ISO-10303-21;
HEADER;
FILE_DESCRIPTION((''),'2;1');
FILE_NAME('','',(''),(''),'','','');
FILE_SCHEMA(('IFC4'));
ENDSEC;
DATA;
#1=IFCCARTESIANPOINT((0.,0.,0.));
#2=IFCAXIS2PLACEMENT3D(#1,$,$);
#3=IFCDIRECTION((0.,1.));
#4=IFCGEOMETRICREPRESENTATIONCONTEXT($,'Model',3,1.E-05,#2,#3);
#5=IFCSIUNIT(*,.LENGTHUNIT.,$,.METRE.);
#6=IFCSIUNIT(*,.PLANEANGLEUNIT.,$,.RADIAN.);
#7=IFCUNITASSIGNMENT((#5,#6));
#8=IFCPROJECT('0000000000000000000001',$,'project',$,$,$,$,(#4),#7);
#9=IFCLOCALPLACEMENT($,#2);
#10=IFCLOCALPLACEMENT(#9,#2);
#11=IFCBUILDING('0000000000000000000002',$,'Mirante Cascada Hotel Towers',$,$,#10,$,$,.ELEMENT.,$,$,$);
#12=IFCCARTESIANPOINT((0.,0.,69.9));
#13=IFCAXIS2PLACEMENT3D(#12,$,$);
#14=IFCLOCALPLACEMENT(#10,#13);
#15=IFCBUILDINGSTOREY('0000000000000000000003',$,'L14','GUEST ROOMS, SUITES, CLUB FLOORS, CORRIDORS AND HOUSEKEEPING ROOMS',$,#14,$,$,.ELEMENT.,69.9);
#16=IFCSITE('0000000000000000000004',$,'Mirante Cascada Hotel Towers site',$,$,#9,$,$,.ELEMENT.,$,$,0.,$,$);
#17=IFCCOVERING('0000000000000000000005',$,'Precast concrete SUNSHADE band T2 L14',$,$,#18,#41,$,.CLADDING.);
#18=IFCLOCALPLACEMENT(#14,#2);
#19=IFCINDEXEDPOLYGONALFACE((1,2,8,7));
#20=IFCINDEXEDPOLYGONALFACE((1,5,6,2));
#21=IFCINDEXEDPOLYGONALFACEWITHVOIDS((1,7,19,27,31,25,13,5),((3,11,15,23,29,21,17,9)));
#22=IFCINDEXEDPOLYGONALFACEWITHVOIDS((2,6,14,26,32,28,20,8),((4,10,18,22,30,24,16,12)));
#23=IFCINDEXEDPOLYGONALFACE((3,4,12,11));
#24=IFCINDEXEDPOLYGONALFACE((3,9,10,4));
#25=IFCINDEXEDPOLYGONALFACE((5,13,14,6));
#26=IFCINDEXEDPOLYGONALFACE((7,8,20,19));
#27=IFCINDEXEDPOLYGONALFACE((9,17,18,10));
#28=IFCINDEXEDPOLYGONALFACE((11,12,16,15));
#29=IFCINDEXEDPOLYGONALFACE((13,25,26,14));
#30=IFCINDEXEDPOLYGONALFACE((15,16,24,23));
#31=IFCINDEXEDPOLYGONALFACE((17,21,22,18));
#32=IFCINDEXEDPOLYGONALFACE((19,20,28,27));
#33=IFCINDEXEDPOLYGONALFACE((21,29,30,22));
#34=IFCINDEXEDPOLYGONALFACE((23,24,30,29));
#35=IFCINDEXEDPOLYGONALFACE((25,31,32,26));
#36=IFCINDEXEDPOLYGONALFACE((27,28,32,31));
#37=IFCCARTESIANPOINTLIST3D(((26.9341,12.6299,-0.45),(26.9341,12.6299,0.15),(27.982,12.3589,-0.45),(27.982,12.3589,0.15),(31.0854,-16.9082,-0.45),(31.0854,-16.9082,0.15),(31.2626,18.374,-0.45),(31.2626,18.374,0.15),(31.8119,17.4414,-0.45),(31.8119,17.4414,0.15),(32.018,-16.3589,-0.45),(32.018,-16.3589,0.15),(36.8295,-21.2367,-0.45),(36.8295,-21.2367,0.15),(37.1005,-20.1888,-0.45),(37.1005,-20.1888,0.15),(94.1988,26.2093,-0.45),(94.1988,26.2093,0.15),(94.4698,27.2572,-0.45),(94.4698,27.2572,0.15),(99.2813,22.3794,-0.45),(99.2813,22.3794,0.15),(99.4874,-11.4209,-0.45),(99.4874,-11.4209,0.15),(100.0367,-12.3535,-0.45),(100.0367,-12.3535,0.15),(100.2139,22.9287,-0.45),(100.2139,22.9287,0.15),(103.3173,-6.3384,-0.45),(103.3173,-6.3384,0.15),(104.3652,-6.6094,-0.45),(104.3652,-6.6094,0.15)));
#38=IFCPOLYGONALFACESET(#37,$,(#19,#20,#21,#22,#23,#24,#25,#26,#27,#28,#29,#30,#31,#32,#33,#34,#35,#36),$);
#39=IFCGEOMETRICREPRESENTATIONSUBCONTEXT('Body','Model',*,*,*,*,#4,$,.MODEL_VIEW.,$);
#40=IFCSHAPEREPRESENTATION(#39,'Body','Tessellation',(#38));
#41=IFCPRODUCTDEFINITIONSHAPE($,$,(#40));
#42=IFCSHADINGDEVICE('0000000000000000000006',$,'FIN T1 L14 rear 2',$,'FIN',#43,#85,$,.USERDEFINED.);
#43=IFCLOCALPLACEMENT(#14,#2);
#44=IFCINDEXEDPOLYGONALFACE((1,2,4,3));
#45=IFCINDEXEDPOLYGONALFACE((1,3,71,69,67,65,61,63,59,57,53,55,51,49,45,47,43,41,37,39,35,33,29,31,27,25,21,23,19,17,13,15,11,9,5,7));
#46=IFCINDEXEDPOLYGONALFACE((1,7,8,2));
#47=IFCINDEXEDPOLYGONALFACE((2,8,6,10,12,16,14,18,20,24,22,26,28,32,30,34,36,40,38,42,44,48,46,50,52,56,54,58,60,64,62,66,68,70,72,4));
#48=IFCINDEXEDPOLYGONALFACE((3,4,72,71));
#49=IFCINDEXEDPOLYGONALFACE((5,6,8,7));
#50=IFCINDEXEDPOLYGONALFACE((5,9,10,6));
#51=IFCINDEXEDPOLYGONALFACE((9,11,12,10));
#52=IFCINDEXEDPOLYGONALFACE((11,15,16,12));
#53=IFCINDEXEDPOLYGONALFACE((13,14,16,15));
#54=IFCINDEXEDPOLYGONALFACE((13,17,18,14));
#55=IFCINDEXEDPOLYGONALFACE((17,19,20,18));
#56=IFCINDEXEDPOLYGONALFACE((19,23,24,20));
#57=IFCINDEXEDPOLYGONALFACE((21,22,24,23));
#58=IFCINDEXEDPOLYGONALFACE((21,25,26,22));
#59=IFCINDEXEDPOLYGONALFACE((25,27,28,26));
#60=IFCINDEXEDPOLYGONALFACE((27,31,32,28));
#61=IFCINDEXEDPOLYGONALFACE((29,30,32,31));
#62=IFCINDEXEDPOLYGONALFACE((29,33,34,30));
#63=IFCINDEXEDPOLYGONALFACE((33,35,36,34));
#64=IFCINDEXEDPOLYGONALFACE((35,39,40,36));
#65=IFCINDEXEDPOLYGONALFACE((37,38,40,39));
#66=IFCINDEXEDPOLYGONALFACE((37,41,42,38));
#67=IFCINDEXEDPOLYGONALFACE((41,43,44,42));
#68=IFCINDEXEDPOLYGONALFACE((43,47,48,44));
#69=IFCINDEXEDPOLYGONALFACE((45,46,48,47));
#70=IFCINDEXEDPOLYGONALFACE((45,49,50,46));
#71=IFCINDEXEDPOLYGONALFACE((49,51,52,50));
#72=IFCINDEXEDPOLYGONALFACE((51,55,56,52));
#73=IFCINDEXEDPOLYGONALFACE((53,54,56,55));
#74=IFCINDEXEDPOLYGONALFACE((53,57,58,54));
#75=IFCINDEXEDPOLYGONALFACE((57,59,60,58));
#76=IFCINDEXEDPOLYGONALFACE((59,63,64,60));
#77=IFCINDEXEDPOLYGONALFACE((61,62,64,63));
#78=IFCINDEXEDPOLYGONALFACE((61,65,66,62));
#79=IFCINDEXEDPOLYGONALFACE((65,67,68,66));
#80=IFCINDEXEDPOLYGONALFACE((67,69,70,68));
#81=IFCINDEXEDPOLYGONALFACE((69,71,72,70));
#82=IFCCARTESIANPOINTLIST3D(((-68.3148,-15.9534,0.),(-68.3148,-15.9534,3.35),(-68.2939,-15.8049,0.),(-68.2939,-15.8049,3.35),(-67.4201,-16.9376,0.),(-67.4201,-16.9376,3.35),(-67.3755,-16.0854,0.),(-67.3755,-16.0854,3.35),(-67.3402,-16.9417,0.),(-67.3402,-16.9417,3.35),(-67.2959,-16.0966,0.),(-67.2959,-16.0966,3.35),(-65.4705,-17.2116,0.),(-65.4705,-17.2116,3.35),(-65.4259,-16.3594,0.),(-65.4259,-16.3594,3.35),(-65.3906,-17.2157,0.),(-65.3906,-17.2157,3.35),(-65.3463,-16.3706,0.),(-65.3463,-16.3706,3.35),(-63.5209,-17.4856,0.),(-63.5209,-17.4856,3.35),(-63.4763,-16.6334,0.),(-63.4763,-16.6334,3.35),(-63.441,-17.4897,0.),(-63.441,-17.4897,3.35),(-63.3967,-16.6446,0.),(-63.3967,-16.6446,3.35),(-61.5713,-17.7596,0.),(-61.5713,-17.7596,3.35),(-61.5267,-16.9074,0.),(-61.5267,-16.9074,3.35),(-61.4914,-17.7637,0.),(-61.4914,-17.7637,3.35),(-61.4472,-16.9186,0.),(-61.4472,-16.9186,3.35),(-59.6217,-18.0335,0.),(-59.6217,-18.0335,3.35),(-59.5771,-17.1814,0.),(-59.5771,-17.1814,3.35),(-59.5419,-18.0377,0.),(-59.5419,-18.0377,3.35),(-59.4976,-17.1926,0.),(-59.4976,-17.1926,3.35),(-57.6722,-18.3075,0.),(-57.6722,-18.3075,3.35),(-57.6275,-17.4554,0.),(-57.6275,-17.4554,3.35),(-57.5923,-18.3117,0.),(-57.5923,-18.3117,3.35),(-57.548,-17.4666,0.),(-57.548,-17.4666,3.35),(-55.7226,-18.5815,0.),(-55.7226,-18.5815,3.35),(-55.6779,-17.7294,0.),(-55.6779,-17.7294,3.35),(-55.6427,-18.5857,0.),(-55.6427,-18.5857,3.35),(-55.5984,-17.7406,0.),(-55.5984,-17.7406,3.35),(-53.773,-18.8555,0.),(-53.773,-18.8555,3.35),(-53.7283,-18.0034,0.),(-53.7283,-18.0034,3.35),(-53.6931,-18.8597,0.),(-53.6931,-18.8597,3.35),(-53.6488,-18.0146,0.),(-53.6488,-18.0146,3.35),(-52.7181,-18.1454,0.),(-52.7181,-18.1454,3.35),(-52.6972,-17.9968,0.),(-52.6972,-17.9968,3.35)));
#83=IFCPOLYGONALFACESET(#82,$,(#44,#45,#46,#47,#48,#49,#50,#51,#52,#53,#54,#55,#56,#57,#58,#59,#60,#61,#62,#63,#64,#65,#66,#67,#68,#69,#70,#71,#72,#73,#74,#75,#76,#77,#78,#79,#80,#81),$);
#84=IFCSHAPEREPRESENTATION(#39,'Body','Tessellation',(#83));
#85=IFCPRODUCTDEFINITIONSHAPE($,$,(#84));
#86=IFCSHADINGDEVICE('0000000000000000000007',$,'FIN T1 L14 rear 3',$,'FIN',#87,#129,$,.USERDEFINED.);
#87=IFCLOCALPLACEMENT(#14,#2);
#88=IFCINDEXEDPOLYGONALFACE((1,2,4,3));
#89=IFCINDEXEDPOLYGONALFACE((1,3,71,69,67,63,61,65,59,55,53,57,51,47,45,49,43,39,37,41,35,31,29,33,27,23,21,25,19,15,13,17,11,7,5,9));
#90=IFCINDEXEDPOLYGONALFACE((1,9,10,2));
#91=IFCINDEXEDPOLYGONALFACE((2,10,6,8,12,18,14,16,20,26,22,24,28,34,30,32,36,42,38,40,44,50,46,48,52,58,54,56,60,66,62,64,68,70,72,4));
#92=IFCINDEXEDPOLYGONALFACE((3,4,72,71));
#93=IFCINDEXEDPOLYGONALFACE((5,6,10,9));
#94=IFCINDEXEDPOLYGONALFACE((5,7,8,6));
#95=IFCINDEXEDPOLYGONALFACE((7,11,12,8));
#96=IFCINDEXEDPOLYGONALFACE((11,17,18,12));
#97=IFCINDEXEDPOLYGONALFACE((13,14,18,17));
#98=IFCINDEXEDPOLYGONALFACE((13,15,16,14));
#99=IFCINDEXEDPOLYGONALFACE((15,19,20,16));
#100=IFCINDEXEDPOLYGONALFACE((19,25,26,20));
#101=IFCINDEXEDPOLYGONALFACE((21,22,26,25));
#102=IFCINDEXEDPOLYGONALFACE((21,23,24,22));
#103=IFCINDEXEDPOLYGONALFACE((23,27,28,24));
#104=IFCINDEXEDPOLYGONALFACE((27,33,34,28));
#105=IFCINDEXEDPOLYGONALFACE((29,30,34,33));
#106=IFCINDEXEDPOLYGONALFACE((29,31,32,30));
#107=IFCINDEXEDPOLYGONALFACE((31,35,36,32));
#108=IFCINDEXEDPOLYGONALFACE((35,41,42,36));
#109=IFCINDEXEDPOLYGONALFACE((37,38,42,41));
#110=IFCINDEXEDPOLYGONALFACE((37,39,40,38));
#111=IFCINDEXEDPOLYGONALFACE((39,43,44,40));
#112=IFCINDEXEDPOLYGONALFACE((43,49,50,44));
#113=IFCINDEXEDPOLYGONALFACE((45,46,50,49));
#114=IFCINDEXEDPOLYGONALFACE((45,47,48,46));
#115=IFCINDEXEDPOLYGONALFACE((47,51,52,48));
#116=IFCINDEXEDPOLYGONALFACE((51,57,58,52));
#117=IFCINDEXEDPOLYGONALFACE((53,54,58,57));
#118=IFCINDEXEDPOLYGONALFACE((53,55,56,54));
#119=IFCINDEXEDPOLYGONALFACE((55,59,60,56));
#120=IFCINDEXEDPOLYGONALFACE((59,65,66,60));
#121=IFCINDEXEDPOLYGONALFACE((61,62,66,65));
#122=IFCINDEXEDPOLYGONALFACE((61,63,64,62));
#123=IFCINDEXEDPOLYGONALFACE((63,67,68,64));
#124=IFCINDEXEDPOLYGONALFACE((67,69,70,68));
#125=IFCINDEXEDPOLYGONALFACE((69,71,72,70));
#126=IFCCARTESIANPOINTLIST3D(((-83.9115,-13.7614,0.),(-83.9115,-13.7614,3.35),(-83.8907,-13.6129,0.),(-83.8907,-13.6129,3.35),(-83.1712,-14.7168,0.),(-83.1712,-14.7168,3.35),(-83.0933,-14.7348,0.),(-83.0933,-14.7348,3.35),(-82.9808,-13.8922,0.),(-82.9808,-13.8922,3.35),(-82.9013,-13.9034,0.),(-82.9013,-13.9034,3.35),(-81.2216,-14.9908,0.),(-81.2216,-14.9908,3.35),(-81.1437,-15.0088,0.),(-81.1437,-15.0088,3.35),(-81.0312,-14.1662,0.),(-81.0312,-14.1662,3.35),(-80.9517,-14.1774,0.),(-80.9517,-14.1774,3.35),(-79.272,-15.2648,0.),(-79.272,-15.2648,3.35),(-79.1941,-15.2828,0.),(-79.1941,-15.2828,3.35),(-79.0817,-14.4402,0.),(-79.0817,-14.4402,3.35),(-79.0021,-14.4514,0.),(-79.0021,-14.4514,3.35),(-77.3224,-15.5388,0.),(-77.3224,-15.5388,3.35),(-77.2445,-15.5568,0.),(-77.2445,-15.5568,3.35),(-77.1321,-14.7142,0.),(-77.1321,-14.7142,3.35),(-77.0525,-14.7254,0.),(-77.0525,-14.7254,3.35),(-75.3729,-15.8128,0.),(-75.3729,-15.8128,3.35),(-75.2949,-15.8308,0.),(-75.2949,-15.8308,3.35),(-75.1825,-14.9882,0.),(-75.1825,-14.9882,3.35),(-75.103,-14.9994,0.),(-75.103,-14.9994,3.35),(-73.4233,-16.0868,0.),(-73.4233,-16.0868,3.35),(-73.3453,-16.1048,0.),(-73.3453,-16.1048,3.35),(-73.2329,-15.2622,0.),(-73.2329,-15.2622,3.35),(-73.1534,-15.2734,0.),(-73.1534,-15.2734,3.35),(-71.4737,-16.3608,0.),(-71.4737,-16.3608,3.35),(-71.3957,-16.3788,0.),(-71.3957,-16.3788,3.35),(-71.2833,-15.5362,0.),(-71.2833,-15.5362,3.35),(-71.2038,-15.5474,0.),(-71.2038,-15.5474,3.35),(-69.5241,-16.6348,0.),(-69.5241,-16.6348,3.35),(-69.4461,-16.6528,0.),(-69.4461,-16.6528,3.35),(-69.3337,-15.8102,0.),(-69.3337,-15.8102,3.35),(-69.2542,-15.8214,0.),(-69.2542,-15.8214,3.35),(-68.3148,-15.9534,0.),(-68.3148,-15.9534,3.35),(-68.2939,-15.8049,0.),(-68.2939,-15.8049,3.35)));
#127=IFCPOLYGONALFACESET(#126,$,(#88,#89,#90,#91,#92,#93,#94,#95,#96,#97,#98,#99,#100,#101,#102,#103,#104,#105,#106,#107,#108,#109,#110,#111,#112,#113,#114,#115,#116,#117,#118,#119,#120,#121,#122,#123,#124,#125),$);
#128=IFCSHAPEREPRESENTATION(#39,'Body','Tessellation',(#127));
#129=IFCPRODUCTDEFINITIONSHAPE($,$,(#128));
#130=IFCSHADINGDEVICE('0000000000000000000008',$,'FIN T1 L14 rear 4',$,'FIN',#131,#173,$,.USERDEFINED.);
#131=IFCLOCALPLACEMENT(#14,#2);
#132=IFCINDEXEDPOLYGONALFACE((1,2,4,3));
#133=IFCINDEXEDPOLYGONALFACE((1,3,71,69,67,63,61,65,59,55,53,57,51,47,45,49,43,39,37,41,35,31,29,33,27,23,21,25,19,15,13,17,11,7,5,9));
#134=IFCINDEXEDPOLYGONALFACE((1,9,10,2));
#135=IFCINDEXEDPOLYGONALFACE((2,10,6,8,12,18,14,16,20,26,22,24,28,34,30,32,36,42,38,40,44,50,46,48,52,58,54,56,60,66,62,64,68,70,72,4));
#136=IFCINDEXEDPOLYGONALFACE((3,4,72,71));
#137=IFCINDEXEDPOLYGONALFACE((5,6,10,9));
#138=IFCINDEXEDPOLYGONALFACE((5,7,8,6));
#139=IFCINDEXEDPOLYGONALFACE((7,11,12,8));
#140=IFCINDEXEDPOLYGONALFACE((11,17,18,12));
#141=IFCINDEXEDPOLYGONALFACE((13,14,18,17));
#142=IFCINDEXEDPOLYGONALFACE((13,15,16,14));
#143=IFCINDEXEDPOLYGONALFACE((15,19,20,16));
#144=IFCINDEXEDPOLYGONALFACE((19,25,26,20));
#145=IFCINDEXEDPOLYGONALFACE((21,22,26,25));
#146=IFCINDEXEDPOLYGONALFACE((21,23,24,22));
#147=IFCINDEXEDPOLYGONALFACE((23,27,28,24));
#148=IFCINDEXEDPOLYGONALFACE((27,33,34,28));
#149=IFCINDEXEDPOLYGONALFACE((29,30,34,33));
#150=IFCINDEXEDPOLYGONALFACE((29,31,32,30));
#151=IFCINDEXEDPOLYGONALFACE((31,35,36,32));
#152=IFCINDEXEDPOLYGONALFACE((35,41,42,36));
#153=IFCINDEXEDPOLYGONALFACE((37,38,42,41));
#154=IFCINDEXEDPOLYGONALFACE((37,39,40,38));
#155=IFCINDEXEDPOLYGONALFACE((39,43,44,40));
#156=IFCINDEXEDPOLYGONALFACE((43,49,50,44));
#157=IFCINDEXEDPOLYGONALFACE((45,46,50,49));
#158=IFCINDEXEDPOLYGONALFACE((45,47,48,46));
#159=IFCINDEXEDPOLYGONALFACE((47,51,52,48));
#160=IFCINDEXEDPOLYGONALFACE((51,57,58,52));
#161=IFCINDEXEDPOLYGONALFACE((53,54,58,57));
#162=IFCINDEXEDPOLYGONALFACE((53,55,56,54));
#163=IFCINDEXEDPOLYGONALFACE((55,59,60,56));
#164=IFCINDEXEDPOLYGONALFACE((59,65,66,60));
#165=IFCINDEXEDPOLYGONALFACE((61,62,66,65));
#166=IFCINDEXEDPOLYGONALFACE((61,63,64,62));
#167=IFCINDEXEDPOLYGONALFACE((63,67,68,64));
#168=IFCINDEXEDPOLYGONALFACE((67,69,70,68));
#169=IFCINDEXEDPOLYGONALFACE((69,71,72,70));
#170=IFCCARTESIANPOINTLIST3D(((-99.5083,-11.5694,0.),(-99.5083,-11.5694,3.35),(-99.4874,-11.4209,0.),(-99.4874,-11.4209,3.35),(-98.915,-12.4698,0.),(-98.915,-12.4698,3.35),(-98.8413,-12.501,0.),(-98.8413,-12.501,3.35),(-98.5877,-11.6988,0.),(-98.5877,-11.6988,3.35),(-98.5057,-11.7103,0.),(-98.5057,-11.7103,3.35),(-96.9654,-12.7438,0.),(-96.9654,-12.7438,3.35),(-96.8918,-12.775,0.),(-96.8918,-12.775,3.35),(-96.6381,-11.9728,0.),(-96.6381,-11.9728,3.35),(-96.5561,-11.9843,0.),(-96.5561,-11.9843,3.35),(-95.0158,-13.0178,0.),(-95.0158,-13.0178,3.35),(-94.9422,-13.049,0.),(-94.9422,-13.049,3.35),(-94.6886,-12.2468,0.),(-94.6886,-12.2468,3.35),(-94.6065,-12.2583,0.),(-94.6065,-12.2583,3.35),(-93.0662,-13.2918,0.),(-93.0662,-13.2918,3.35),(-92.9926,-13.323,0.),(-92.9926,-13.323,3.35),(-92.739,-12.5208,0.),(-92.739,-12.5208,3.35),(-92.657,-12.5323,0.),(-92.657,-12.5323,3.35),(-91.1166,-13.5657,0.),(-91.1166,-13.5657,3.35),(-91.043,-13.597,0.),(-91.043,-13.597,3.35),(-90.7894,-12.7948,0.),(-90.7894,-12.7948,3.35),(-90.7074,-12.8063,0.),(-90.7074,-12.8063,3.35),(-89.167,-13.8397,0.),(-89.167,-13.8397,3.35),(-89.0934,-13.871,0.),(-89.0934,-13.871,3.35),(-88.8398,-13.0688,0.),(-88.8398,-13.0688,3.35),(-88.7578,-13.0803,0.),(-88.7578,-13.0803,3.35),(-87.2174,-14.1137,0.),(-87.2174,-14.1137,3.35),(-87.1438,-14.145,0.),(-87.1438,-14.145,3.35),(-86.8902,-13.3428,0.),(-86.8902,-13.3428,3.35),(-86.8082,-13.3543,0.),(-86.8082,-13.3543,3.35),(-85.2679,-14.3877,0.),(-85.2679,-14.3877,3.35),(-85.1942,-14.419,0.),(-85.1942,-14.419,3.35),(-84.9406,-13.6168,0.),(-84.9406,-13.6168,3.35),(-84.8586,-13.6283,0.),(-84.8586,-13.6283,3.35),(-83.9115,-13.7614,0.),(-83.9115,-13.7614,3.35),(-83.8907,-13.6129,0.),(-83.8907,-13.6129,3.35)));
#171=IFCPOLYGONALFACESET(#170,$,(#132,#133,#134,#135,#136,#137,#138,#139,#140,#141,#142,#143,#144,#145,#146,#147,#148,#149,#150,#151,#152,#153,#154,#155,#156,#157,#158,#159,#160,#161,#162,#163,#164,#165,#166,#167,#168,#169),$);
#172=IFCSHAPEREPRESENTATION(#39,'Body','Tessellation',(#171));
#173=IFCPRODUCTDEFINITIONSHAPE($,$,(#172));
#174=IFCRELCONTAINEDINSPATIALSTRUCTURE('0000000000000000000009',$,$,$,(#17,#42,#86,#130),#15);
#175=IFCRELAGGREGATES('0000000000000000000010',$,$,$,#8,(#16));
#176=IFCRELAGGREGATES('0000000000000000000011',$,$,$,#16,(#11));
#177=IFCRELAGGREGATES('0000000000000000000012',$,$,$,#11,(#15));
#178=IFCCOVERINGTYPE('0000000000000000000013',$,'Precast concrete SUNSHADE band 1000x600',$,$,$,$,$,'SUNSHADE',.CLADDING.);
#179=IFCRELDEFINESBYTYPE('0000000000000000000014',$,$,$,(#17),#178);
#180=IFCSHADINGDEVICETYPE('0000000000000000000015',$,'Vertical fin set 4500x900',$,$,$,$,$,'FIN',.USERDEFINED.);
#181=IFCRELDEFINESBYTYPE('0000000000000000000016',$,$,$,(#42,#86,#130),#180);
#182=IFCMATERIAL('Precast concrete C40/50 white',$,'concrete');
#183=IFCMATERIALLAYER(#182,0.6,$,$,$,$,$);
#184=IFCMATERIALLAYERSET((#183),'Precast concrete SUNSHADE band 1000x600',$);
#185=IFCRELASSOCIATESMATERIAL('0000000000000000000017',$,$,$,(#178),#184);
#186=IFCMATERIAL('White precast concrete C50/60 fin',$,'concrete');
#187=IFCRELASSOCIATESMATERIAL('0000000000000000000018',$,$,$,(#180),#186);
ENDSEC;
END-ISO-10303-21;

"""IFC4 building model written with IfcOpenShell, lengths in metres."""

from ifc_helpers import new_model, si_unit, direction, frame, origin, place, context, subcontext, project, spatial, polyline, outline, extrude, material, layer, layer_set, type_object, element, save


model = new_model("IFC4")

# Units and contexts
model_context = context("Model", 3, precision=1e-05, world=origin(), true_north=direction((0.0, 1.0)))
body_context = subcontext(model_context, "Body", "Model", "MODEL_VIEW")
ifc_project = project(units=[si_unit("LENGTHUNIT", "METRE"), si_unit("PLANEANGLEUNIT", "RADIAN")], contexts=[model_context])

# Site, building, storey
site_placement = place(None, origin())
site = spatial("IfcSite", under=ifc_project, at=site_placement, Name="Mirante Cascada Hotel Towers site", CompositionType="ELEMENT", RefElevation=0.0)
building_placement = place(site_placement, origin())
building = spatial("IfcBuilding", under=site, at=building_placement, Name="Mirante Cascada Hotel Towers", CompositionType="ELEMENT")
storey_placement = place(building_placement, frame((0.0, 0.0, 69.9)))
storey = spatial("IfcBuildingStorey", under=building, at=storey_placement, Name="L14", Description="GUEST ROOMS, SUITES, CLUB FLOORS, CORRIDORS AND HOUSEKEEPING ROOMS", CompositionType="ELEMENT", Elevation=69.9)

# Covering
ifc_material_1 = material(Name="Precast concrete C40/50 white", Category="concrete")
ifc_layer_1 = layer(ifc_material_1, 0.6)
ifc_layer_set_1 = layer_set([ifc_layer_1], Name="Precast concrete SUNSHADE band 1000x600")
covering_type = type_object("IfcCoveringType", Name="Precast concrete SUNSHADE band 1000x600", ElementType="SUNSHADE", PredefinedType="CLADDING", material=ifc_layer_set_1)
covering_placement = place(storey_placement, frame((0.0, 0.0, -0.45)))
element("IfcCovering", 1, at=covering_placement, inside=storey, type_object=covering_type, Name="Precast concrete SUNSHADE band T2 L14", PredefinedType="CLADDING", context=body_context, shape_type="SweptSolid", body=[
    extrude(outline(polyline([(26.9341, 12.6299), (31.2626, 18.374), (94.4698, 27.2572), (100.2139, 22.9287), (104.3652, -6.6094), (100.0367, -12.3535), (36.8295, -21.2367), (31.0854, -16.9082), (26.9341, 12.6299)]), holes=[polyline([(103.3173, -6.3384), (99.2813, 22.3794), (94.1988, 26.2093), (31.8119, 17.4414), (27.982, 12.3589), (32.018, -16.3589), (37.1005, -20.1888), (99.4874, -11.4209), (103.3173, -6.3384)])]), origin(), (0.0, 0.0, 1.0), 0.6),
])

# Shading devices
ifc_material_2 = material(Name="White precast concrete C50/60 fin", Category="concrete")
shading_device_type = type_object("IfcShadingDeviceType", Name="Vertical fin set 4500x900", ElementType="FIN", PredefinedType="USERDEFINED", material=ifc_material_2)
shading_device_1_placement = place(storey_placement, origin())
element("IfcShadingDevice", 2, at=shading_device_1_placement, inside=storey, type_object=shading_device_type, Name="FIN T1 L14 rear 2", ObjectType="FIN", PredefinedType="USERDEFINED", context=body_context, shape_type="SweptSolid", body=[
    extrude(outline(polyline([(-53.7283, -18.0034), (-55.5984, -17.7406), (-55.6427, -18.5857), (-55.7226, -18.5815), (-55.6779, -17.7294), (-57.548, -17.4666), (-57.5923, -18.3117), (-57.6722, -18.3075), (-57.6275, -17.4554), (-59.4976, -17.1926), (-59.5419, -18.0377), (-59.6217, -18.0335), (-59.5771, -17.1814), (-61.4472, -16.9186), (-61.4914, -17.7637), (-61.5713, -17.7596), (-61.5267, -16.9074), (-63.3967, -16.6446), (-63.441, -17.4897), (-63.5209, -17.4856), (-63.4763, -16.6334), (-65.3463, -16.3706), (-65.3906, -17.2157), (-65.4705, -17.2116), (-65.4259, -16.3594), (-67.2959, -16.0966), (-67.3402, -16.9417), (-67.4201, -16.9376), (-67.3755, -16.0854), (-68.3148, -15.9534), (-68.2939, -15.8049), (-52.6972, -17.9968), (-52.7181, -18.1454), (-53.6488, -18.0146), (-53.6931, -18.8597), (-53.773, -18.8555), (-53.7283, -18.0034)])), origin(), (0.0, 0.0, 1.0), 3.35),
])
shading_device_2_placement = place(storey_placement, origin())
element("IfcShadingDevice", 3, at=shading_device_2_placement, inside=storey, type_object=shading_device_type, Name="FIN T1 L14 rear 3", ObjectType="FIN", PredefinedType="USERDEFINED", context=body_context, shape_type="SweptSolid", body=[
    extrude(outline(polyline([(-69.3337, -15.8102), (-71.2038, -15.5474), (-71.3957, -16.3788), (-71.4737, -16.3608), (-71.2833, -15.5362), (-73.1534, -15.2734), (-73.3453, -16.1048), (-73.4233, -16.0868), (-73.2329, -15.2622), (-75.103, -14.9994), (-75.2949, -15.8308), (-75.3729, -15.8128), (-75.1825, -14.9882), (-77.0525, -14.7254), (-77.2445, -15.5568), (-77.3224, -15.5388), (-77.1321, -14.7142), (-79.0021, -14.4514), (-79.1941, -15.2828), (-79.272, -15.2648), (-79.0817, -14.4402), (-80.9517, -14.1774), (-81.1437, -15.0088), (-81.2216, -14.9908), (-81.0312, -14.1662), (-82.9013, -13.9034), (-83.0933, -14.7348), (-83.1712, -14.7168), (-82.9808, -13.8922), (-83.9115, -13.7614), (-83.8907, -13.6129), (-68.2939, -15.8049), (-68.3148, -15.9534), (-69.2542, -15.8214), (-69.4461, -16.6528), (-69.5241, -16.6348), (-69.3337, -15.8102)])), origin(), (0.0, 0.0, 1.0), 3.35),
])
shading_device_3_placement = place(storey_placement, origin())
element("IfcShadingDevice", 4, at=shading_device_3_placement, inside=storey, type_object=shading_device_type, Name="FIN T1 L14 rear 4", ObjectType="FIN", PredefinedType="USERDEFINED", context=body_context, shape_type="SweptSolid", body=[
    extrude(outline(polyline([(-84.9406, -13.6168), (-86.8082, -13.3543), (-87.1438, -14.145), (-87.2174, -14.1137), (-86.8902, -13.3428), (-88.7578, -13.0803), (-89.0934, -13.871), (-89.167, -13.8397), (-88.8398, -13.0688), (-90.7074, -12.8063), (-91.043, -13.597), (-91.1166, -13.5657), (-90.7894, -12.7948), (-92.657, -12.5323), (-92.9926, -13.323), (-93.0662, -13.2918), (-92.739, -12.5208), (-94.6065, -12.2583), (-94.9422, -13.049), (-95.0158, -13.0178), (-94.6886, -12.2468), (-96.5561, -11.9843), (-96.8918, -12.775), (-96.9654, -12.7438), (-96.6381, -11.9728), (-98.5057, -11.7103), (-98.8413, -12.501), (-98.915, -12.4698), (-98.5877, -11.6988), (-99.5083, -11.5694), (-99.4874, -11.4209), (-83.8907, -13.6129), (-83.9115, -13.7614), (-84.8586, -13.6283), (-85.1942, -14.419), (-85.2679, -14.3877), (-84.9406, -13.6168)])), origin(), (0.0, 0.0, 1.0), 3.35),
])

save(model, "model.ifc")
